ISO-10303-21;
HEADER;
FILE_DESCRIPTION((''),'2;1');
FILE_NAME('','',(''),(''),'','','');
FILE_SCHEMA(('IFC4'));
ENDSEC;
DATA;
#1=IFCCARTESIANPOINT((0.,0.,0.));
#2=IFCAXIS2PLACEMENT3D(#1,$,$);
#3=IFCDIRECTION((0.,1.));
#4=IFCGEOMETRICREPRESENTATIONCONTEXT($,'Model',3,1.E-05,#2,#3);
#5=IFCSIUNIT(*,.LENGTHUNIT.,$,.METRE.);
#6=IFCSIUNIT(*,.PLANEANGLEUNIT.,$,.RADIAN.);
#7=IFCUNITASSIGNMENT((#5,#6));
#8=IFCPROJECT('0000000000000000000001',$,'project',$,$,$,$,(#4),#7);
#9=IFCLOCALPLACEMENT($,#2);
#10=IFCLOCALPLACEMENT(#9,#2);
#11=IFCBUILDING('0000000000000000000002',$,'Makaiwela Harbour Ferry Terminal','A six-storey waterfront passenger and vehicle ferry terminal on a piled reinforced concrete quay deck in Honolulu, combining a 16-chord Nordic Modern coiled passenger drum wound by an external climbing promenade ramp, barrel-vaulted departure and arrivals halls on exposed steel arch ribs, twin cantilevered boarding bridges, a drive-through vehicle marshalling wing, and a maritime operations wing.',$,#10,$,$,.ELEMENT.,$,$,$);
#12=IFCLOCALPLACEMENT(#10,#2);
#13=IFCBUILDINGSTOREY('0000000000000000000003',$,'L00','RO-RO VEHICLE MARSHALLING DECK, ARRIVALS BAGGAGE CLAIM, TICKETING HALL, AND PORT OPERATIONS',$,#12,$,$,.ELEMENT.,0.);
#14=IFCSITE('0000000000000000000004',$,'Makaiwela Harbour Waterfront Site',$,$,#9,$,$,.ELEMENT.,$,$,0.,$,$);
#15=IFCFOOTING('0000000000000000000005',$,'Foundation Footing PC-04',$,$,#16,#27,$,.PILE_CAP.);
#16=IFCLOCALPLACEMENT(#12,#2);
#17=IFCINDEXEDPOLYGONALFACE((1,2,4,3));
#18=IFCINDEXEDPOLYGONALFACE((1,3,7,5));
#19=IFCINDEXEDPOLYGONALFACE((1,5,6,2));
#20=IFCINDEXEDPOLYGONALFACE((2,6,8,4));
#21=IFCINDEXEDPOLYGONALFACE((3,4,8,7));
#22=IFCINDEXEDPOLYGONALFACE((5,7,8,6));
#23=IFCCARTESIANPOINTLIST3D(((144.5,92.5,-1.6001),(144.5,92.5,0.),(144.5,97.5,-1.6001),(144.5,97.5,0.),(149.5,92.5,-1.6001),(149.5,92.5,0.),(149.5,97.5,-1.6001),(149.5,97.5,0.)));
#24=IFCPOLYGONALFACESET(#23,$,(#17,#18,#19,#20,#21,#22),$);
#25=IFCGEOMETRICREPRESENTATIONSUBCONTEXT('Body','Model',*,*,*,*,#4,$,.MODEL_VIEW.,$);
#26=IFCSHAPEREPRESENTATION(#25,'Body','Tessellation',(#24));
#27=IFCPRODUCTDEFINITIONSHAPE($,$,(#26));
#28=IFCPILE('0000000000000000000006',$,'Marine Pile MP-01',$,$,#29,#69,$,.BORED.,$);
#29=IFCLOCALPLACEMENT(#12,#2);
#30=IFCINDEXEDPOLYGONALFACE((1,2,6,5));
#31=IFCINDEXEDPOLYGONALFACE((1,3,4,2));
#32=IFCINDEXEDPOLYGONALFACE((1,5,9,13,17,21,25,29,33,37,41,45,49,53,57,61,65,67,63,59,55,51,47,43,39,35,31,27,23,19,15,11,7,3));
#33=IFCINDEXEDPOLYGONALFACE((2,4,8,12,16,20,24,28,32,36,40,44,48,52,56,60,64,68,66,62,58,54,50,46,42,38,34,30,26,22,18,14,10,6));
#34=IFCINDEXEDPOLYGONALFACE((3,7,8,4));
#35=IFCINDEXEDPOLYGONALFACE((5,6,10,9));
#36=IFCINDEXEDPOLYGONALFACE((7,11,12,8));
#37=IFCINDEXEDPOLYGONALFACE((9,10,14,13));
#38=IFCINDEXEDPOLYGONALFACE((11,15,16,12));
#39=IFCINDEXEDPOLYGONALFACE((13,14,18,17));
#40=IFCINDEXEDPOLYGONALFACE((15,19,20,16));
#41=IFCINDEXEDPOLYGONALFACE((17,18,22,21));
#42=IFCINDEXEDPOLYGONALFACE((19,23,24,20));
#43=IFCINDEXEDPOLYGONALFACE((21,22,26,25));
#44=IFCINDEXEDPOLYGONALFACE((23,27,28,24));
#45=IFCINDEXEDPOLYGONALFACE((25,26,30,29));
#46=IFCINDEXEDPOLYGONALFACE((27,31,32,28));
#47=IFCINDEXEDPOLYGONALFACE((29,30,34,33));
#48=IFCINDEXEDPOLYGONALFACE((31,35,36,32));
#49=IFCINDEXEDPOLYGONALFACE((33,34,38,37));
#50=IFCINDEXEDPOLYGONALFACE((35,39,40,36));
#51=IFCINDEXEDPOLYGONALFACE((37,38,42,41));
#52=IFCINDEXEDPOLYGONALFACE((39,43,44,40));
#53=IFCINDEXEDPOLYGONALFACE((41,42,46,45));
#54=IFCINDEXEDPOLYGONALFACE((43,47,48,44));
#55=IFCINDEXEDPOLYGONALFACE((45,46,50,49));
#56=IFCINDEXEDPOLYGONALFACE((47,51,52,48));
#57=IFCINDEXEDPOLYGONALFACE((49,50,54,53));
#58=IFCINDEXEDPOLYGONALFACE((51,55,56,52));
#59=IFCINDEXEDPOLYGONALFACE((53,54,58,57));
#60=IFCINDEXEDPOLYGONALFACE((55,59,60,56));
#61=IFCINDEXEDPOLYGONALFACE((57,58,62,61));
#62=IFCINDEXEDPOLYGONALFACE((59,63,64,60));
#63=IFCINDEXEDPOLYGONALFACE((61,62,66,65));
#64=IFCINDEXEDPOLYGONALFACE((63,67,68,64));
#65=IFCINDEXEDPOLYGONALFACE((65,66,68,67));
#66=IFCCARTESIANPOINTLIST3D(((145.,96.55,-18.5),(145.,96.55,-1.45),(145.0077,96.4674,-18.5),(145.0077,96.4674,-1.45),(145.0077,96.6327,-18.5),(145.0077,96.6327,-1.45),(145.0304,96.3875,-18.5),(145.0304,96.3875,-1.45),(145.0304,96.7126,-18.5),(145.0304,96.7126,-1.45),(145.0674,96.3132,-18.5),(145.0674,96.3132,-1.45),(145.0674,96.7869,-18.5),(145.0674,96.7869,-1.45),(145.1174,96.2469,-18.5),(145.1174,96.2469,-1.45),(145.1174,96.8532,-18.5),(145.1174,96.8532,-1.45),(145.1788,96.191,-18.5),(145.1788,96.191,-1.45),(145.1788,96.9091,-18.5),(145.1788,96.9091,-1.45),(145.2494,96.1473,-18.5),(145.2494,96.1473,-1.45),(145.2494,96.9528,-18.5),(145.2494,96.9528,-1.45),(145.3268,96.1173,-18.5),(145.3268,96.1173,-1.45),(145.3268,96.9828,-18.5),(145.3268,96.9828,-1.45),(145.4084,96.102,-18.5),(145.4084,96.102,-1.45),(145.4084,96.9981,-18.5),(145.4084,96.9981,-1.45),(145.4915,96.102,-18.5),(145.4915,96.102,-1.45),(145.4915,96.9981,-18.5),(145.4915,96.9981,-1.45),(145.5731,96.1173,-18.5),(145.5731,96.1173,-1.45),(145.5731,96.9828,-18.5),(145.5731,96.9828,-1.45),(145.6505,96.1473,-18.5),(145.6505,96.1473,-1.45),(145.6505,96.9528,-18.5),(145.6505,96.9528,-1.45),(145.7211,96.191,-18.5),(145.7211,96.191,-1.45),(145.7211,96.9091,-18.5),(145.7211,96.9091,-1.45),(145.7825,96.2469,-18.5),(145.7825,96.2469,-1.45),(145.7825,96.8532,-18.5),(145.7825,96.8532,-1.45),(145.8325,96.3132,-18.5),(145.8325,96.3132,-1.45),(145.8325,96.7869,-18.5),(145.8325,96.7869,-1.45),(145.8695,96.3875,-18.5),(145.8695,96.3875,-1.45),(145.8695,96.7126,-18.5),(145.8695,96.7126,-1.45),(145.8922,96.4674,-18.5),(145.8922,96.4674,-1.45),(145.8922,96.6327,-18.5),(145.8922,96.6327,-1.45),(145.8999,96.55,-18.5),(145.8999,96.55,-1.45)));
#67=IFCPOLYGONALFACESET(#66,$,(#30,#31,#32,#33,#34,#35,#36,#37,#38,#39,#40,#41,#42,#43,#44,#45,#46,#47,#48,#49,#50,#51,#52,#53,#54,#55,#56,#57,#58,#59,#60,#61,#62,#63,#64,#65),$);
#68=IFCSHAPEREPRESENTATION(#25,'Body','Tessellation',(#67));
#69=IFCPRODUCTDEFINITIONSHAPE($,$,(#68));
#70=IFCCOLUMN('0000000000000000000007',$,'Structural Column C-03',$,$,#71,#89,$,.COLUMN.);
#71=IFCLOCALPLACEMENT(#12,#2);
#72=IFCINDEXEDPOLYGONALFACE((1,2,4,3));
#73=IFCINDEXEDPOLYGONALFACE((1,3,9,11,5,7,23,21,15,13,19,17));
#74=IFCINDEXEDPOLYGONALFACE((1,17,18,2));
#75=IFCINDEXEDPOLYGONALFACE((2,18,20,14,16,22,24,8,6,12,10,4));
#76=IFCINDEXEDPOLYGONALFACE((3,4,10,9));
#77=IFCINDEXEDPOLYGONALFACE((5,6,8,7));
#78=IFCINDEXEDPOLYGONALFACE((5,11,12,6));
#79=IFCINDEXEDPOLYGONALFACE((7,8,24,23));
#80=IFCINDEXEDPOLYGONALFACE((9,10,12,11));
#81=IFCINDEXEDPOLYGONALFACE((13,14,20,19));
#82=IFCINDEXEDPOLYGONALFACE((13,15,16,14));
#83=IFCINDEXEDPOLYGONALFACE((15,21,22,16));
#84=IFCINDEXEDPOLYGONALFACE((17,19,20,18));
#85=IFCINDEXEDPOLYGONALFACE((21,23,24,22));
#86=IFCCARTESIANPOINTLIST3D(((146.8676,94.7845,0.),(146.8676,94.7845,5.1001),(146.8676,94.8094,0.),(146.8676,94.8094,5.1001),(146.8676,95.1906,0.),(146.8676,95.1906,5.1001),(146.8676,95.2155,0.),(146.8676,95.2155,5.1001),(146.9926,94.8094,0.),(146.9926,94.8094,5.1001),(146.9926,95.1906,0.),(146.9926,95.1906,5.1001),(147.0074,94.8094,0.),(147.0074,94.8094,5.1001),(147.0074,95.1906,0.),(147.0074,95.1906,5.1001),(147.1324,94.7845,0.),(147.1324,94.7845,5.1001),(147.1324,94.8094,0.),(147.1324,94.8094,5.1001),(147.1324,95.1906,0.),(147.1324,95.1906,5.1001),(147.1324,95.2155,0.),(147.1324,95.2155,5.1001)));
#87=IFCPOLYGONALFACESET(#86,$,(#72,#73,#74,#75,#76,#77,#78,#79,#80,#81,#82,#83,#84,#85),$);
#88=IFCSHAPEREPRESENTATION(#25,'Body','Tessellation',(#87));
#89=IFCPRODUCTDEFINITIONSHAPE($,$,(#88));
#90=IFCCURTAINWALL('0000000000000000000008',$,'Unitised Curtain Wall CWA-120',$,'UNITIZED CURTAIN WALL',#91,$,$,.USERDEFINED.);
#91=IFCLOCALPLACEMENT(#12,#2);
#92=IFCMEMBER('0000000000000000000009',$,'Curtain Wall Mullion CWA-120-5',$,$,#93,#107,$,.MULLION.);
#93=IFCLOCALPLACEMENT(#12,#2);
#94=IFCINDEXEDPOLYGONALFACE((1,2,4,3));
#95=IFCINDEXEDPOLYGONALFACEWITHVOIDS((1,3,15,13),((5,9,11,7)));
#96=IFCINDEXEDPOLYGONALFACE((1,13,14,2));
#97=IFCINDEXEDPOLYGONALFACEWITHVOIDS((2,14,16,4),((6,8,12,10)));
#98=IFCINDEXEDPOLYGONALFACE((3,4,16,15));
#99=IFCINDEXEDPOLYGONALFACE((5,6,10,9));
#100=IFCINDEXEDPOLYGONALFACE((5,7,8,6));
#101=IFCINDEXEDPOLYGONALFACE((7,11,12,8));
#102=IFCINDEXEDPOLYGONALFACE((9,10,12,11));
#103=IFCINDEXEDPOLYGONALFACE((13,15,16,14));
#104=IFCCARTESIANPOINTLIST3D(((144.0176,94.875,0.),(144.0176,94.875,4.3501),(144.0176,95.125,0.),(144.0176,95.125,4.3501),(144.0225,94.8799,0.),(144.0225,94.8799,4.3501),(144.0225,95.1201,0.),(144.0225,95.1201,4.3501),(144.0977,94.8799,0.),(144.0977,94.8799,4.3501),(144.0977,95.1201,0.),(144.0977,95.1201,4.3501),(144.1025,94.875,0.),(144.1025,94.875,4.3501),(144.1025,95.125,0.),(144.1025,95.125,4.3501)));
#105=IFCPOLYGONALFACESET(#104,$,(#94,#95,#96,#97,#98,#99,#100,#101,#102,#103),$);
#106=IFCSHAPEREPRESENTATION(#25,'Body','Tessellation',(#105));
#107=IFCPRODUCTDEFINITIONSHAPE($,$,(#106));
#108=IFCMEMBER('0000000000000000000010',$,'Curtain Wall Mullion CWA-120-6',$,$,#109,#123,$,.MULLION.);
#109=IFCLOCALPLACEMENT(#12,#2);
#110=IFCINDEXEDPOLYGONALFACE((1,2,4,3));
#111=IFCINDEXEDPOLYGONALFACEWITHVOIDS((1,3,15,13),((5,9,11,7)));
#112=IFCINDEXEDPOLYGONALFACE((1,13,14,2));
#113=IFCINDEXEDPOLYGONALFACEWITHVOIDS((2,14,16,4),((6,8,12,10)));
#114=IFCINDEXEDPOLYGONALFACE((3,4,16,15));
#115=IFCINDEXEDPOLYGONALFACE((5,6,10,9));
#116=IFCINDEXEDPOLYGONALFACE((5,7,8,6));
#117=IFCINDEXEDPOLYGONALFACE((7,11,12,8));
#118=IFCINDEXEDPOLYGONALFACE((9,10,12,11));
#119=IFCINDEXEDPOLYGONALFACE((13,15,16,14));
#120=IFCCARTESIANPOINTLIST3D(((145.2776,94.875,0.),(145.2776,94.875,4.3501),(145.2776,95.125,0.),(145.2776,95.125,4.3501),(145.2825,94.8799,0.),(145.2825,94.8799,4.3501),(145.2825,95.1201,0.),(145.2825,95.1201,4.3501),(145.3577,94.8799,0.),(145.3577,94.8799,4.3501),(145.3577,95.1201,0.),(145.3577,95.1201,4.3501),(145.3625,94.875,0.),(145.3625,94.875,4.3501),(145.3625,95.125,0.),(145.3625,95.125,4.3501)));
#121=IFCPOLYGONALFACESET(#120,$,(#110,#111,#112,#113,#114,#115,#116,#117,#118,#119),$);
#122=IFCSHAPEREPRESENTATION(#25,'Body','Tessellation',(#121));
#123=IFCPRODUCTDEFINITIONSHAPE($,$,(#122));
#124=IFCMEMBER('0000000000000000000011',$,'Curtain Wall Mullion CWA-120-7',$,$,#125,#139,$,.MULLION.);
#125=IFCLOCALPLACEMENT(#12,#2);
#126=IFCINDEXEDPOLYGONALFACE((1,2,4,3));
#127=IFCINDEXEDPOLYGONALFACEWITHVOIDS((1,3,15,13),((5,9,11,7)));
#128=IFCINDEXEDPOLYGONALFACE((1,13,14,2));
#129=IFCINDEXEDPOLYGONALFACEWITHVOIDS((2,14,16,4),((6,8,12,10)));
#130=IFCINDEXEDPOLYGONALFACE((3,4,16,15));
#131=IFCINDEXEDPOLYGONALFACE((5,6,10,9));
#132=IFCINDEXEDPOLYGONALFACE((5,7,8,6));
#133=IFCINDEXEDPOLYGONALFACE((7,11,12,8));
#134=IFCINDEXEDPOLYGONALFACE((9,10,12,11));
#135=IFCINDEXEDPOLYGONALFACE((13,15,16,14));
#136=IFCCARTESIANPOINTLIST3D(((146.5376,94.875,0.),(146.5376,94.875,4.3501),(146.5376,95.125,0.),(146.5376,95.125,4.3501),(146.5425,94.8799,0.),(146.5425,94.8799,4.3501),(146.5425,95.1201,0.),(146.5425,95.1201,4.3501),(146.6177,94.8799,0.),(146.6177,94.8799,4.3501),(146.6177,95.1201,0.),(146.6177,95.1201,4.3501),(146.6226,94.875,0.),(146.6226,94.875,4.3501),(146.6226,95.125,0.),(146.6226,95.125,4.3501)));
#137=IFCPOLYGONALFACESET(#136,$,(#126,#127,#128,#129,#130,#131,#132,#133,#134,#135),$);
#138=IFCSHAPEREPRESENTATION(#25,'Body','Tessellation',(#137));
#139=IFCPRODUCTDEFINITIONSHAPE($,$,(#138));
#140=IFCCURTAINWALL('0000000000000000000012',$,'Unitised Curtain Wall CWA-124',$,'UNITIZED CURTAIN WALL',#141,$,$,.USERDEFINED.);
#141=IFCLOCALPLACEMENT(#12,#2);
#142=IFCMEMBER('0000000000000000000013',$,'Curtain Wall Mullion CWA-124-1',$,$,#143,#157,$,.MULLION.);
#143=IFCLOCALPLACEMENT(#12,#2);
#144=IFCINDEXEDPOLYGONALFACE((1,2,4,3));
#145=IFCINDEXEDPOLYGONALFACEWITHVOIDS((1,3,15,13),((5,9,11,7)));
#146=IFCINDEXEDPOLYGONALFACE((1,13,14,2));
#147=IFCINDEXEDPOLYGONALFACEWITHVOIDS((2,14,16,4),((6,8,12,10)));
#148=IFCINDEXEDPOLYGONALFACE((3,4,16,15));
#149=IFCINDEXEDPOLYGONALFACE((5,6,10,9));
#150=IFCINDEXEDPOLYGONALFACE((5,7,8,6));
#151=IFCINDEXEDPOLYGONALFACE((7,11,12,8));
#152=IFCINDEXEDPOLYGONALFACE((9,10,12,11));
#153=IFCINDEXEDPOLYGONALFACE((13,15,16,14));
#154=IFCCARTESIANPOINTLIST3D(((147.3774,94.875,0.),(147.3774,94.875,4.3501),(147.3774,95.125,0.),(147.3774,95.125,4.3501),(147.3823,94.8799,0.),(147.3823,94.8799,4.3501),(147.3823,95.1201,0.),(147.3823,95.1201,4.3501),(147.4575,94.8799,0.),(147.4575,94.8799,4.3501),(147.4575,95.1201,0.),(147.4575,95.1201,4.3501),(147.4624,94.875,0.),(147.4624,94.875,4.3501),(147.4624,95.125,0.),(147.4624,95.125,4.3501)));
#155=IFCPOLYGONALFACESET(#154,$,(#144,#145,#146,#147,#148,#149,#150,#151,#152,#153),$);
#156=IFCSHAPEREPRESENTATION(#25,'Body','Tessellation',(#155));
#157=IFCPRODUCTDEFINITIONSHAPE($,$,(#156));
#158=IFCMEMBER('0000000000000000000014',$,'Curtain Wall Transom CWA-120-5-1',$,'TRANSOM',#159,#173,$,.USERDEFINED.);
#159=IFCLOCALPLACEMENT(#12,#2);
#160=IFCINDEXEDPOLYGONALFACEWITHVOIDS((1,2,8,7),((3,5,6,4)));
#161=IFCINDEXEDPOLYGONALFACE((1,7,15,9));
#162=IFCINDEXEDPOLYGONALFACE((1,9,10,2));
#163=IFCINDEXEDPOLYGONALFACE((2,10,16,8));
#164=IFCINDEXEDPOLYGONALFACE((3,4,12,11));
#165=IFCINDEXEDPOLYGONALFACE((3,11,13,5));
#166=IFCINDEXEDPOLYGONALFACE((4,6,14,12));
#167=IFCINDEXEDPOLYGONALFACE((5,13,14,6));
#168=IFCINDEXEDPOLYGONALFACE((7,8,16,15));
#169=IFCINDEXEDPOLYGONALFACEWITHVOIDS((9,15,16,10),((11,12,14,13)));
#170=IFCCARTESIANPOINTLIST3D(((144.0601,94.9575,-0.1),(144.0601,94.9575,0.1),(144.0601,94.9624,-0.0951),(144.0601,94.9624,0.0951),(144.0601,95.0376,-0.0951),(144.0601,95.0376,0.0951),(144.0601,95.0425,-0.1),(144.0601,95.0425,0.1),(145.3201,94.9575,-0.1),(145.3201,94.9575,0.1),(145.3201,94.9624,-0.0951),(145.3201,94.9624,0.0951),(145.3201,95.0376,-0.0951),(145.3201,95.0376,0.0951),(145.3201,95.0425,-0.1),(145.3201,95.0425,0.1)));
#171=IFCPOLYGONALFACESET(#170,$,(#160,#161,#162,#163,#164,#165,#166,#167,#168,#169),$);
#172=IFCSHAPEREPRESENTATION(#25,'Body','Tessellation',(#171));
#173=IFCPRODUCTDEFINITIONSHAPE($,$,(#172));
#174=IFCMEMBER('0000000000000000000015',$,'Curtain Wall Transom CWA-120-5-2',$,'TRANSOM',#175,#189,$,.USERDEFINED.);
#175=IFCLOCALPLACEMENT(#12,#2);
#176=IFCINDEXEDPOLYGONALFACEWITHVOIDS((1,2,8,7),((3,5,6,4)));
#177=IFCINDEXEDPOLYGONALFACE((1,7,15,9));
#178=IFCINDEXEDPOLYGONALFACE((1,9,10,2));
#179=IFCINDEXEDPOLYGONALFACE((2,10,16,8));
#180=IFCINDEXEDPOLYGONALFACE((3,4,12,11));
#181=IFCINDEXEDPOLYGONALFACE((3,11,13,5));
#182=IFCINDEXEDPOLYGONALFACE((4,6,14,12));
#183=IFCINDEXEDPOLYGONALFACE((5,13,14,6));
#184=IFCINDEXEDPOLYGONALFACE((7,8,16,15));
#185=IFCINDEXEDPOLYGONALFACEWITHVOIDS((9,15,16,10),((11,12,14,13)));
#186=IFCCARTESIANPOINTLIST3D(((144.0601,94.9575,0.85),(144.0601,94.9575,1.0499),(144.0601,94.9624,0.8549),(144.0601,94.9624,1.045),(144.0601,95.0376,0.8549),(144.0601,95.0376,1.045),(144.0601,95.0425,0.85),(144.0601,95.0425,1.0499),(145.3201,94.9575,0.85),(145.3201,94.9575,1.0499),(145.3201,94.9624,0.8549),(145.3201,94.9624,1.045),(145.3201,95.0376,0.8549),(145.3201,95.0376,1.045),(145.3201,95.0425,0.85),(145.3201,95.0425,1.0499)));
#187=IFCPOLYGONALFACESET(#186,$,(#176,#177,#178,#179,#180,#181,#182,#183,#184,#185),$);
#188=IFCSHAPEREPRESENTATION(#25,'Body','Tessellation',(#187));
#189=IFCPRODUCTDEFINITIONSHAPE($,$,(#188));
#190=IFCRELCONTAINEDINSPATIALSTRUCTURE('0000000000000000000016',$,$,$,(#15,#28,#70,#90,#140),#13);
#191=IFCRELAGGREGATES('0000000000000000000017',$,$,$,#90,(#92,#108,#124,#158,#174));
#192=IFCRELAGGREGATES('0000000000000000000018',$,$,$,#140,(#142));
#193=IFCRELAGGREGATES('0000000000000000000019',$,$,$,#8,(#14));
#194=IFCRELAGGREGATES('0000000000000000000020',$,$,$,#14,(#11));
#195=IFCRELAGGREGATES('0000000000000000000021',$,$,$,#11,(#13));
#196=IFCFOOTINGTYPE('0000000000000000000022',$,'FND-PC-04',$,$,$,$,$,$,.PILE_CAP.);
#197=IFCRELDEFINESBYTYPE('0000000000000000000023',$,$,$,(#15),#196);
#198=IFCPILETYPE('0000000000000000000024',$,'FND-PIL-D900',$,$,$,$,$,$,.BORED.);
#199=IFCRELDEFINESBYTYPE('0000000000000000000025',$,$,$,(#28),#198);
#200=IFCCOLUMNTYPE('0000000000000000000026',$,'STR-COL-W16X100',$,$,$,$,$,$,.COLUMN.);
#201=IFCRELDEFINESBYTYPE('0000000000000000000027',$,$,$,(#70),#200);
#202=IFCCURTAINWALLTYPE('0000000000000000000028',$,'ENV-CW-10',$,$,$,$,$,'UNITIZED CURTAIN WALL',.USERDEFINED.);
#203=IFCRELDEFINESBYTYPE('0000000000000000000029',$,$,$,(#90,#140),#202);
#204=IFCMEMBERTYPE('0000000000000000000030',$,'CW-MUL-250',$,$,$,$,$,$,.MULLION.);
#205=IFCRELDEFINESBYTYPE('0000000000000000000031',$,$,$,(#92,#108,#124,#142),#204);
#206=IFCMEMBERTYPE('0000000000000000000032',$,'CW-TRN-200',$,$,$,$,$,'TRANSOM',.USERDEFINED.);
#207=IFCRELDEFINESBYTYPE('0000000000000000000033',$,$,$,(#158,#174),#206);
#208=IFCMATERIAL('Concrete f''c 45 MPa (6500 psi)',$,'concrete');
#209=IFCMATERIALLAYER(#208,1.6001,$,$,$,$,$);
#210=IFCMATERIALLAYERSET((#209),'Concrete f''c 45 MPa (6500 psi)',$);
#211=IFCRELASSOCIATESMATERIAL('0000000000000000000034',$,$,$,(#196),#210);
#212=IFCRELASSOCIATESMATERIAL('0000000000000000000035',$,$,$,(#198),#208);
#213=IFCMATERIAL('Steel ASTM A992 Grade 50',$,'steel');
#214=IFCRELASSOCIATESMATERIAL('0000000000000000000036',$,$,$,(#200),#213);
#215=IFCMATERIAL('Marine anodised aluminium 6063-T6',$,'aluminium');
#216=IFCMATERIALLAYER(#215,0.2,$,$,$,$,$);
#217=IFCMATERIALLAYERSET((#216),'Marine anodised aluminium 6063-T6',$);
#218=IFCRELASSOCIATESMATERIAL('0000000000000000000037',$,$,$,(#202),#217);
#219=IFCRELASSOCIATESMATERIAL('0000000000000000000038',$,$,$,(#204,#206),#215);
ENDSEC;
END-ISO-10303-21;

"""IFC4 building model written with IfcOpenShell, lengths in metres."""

from ifc_helpers import new_model, si_unit, direction, frame, origin, origin_2d, place, context, subcontext, project, spatial, rectangle, hollow_rectangle, circle, i_section, extrude, material, layer, layer_set, material_profile, profile_set, type_object, element, aggregate, save


model = new_model("IFC4")

# Units and contexts
model_context = context("Model", 3, precision=1e-05, world=origin(), true_north=direction((0.0, 1.0)))
body_context = subcontext(model_context, "Body", "Model", "MODEL_VIEW")
ifc_project = project(units=[si_unit("LENGTHUNIT", "METRE"), si_unit("PLANEANGLEUNIT", "RADIAN")], contexts=[model_context])

# Site, building, storey
site_placement = place(None, origin())
site = spatial("IfcSite", under=ifc_project, at=site_placement, Name="Makaiwela Harbour Waterfront Site", CompositionType="ELEMENT", RefElevation=0.0)
building_placement = place(site_placement, origin())
building = spatial("IfcBuilding", under=site, at=building_placement, Name="Makaiwela Harbour Ferry Terminal", Description="A six-storey waterfront passenger and vehicle ferry terminal on a piled reinforced concrete quay deck in Honolulu, combining a 16-chord Nordic Modern coiled passenger drum wound by an external climbing promenade ramp, barrel-vaulted departure and arrivals halls on exposed steel arch ribs, twin cantilevered boarding bridges, a drive-through vehicle marshalling wing, and a maritime operations wing.", CompositionType="ELEMENT")
storey_placement = place(building_placement, origin())
storey = spatial("IfcBuildingStorey", under=building, at=storey_placement, Name="L00", Description="RO-RO VEHICLE MARSHALLING DECK, ARRIVALS BAGGAGE CLAIM, TICKETING HALL, AND PORT OPERATIONS", CompositionType="ELEMENT", Elevation=0.0)

# Footing
ifc_material_1 = material(Name="Concrete f'c 45 MPa (6500 psi)", Category="concrete")
ifc_layer_1 = layer(ifc_material_1, 1.6001)
ifc_layer_set_1 = layer_set([ifc_layer_1], Name="Concrete f'c 45 MPa (6500 psi)")
footing_type = type_object("IfcFootingType", Name="FND-PC-04", PredefinedType="PILE_CAP", material=ifc_layer_set_1)
footing_placement = place(storey_placement, frame((147.0, 95.0, -1.6001), z_axis=(0.0, 0.0, 1.0), x_axis=(1.0, 0.0, 0.0)))
element("IfcFooting", 1, at=footing_placement, inside=storey, type_object=footing_type, Name="Foundation Footing PC-04", PredefinedType="PILE_CAP", context=body_context, shape_type="SweptSolid", body=[
    extrude(rectangle(XDim=5.0, YDim=5.0, at=origin_2d()), origin(), (0.0, 0.0, 1.0), 1.6001),
])

# Pile
ifc_material_profile_1 = material_profile(ifc_material_1, circle(Radius=0.45, at=origin_2d()), Name="PILE-D900")
ifc_profile_set_1 = profile_set([ifc_material_profile_1], Name="Concrete f'c 45 MPa (6500 psi)")
pile_type = type_object("IfcPileType", Name="FND-PIL-D900", PredefinedType="BORED", material=ifc_profile_set_1)
pile_placement = place(storey_placement, frame((145.45, 96.55, -1.45), z_axis=(0.0, 0.0, -1.0), x_axis=(1.0, 0.0, 0.0)))
element("IfcPile", 2, at=pile_placement, inside=storey, type_object=pile_type, Name="Marine Pile MP-01", PredefinedType="BORED", context=body_context, shape_type="SweptSolid", body=[
    extrude(circle(Radius=0.45, at=origin_2d()), origin(), (0.0, 0.0, 1.0), 17.05),
])

# Column
ifc_material_2 = material(Name="Steel ASTM A992 Grade 50", Category="steel")
ifc_material_profile_2 = material_profile(ifc_material_2, i_section(OverallWidth=0.2649, OverallDepth=0.4309, WebThickness=0.0149, FlangeThickness=0.0249, at=origin_2d()), Name="W16X100")
ifc_profile_set_2 = profile_set([ifc_material_profile_2], Name="Steel ASTM A992 Grade 50")
column_type = type_object("IfcColumnType", Name="STR-COL-W16X100", PredefinedType="COLUMN", material=ifc_profile_set_2)
column_placement = place(storey_placement, frame((147.0, 95.0, 0.0), z_axis=(0.0, 0.0, 1.0), x_axis=(1.0, 0.0, 0.0)))
element("IfcColumn", 3, at=column_placement, inside=storey, type_object=column_type, Name="Structural Column C-03", PredefinedType="COLUMN", context=body_context, shape_type="SweptSolid", body=[
    extrude(i_section(OverallWidth=0.2649, OverallDepth=0.4309, WebThickness=0.0149, FlangeThickness=0.0249, at=origin_2d()), origin(), (0.0, 0.0, 1.0), 5.1001),
])

# Curtain wall, members
ifc_material_3 = material(Name="Marine anodised aluminium 6063-T6", Category="aluminium")
ifc_layer_2 = layer(ifc_material_3, 0.2)
ifc_layer_set_2 = layer_set([ifc_layer_2], Name="Marine anodised aluminium 6063-T6")
curtain_wall_type = type_object("IfcCurtainWallType", Name="ENV-CW-10", ElementType="UNITIZED CURTAIN WALL", PredefinedType="USERDEFINED", material=ifc_layer_set_2)
curtain_wall_1_placement = place(storey_placement, origin())
curtain_wall_1 = element("IfcCurtainWall", 4, at=curtain_wall_1_placement, inside=storey, type_object=curtain_wall_type, Name="Unitised Curtain Wall CWA-120", ObjectType="UNITIZED CURTAIN WALL", PredefinedType="USERDEFINED")
ifc_material_profile_3 = material_profile(ifc_material_3, hollow_rectangle(XDim=0.085, YDim=0.25, WallThickness=0.0049, at=origin_2d()), Name="CWM-250X85")
ifc_profile_set_3 = profile_set([ifc_material_profile_3], Name="Marine anodised aluminium 6063-T6")
member_type_1 = type_object("IfcMemberType", Name="CW-MUL-250", PredefinedType="MULLION", material=ifc_profile_set_3)
member_1_placement = place(storey_placement, frame((144.0601, 95.0, 0.0), z_axis=(0.0, 0.0, 1.0), x_axis=(1.0, 0.0, 0.0)))
member_1 = element("IfcMember", 5, at=member_1_placement, type_object=member_type_1, Name="Curtain Wall Mullion CWA-120-5", PredefinedType="MULLION", context=body_context, shape_type="SweptSolid", body=[
    extrude(hollow_rectangle(XDim=0.085, YDim=0.25, WallThickness=0.0049, at=origin_2d()), origin(), (0.0, 0.0, 1.0), 4.3501),
])
member_2_placement = place(storey_placement, frame((145.3201, 95.0, 0.0), z_axis=(0.0, 0.0, 1.0), x_axis=(1.0, 0.0, 0.0)))
member_2 = element("IfcMember", 6, at=member_2_placement, type_object=member_type_1, Name="Curtain Wall Mullion CWA-120-6", PredefinedType="MULLION", context=body_context, shape_type="SweptSolid", body=[
    extrude(hollow_rectangle(XDim=0.085, YDim=0.25, WallThickness=0.0049, at=origin_2d()), origin(), (0.0, 0.0, 1.0), 4.3501),
])
member_3_placement = place(storey_placement, frame((146.5801, 95.0, 0.0), z_axis=(0.0, 0.0, 1.0), x_axis=(1.0, 0.0, 0.0)))
member_3 = element("IfcMember", 7, at=member_3_placement, type_object=member_type_1, Name="Curtain Wall Mullion CWA-120-7", PredefinedType="MULLION", context=body_context, shape_type="SweptSolid", body=[
    extrude(hollow_rectangle(XDim=0.085, YDim=0.25, WallThickness=0.0049, at=origin_2d()), origin(), (0.0, 0.0, 1.0), 4.3501),
])

# Curtain wall, member
curtain_wall_2_placement = place(storey_placement, origin())
curtain_wall_2 = element("IfcCurtainWall", 8, at=curtain_wall_2_placement, inside=storey, type_object=curtain_wall_type, Name="Unitised Curtain Wall CWA-124", ObjectType="UNITIZED CURTAIN WALL", PredefinedType="USERDEFINED")
member_4_placement = place(storey_placement, frame((147.4199, 95.0, 0.0), z_axis=(0.0, 0.0, 1.0), x_axis=(1.0, 0.0, 0.0)))
member_4 = element("IfcMember", 9, at=member_4_placement, type_object=member_type_1, Name="Curtain Wall Mullion CWA-124-1", PredefinedType="MULLION", context=body_context, shape_type="SweptSolid", body=[
    extrude(hollow_rectangle(XDim=0.085, YDim=0.25, WallThickness=0.0049, at=origin_2d()), origin(), (0.0, 0.0, 1.0), 4.3501),
])

# Members
ifc_material_profile_4 = material_profile(ifc_material_3, hollow_rectangle(XDim=0.085, YDim=0.2, WallThickness=0.0049, at=origin_2d()), Name="CWT-200X85")
ifc_profile_set_4 = profile_set([ifc_material_profile_4], Name="Marine anodised aluminium 6063-T6")
member_type_2 = type_object("IfcMemberType", Name="CW-TRN-200", ElementType="TRANSOM", PredefinedType="USERDEFINED", material=ifc_profile_set_4)
member_5_placement = place(storey_placement, frame((144.0601, 95.0, 0.0), z_axis=(1.0, 0.0, 0.0), x_axis=(0.0, 1.0, 0.0)))
member_5 = element("IfcMember", 10, at=member_5_placement, type_object=member_type_2, Name="Curtain Wall Transom CWA-120-5-1", ObjectType="TRANSOM", PredefinedType="USERDEFINED", context=body_context, shape_type="SweptSolid", body=[
    extrude(hollow_rectangle(XDim=0.085, YDim=0.2, WallThickness=0.0049, at=origin_2d()), origin(), (0.0, 0.0, 1.0), 1.26),
])
member_6_placement = place(storey_placement, frame((144.0601, 95.0, 0.95), z_axis=(1.0, 0.0, 0.0), x_axis=(0.0, 1.0, 0.0)))
member_6 = element("IfcMember", 11, at=member_6_placement, type_object=member_type_2, Name="Curtain Wall Transom CWA-120-5-2", ObjectType="TRANSOM", PredefinedType="USERDEFINED", context=body_context, shape_type="SweptSolid", body=[
    extrude(hollow_rectangle(XDim=0.085, YDim=0.2, WallThickness=0.0049, at=origin_2d()), origin(), (0.0, 0.0, 1.0), 1.26),
])

aggregate(curtain_wall_1, [member_1, member_2, member_3, member_5, member_6])
aggregate(curtain_wall_2, [member_4])

save(model, "model.ifc")
